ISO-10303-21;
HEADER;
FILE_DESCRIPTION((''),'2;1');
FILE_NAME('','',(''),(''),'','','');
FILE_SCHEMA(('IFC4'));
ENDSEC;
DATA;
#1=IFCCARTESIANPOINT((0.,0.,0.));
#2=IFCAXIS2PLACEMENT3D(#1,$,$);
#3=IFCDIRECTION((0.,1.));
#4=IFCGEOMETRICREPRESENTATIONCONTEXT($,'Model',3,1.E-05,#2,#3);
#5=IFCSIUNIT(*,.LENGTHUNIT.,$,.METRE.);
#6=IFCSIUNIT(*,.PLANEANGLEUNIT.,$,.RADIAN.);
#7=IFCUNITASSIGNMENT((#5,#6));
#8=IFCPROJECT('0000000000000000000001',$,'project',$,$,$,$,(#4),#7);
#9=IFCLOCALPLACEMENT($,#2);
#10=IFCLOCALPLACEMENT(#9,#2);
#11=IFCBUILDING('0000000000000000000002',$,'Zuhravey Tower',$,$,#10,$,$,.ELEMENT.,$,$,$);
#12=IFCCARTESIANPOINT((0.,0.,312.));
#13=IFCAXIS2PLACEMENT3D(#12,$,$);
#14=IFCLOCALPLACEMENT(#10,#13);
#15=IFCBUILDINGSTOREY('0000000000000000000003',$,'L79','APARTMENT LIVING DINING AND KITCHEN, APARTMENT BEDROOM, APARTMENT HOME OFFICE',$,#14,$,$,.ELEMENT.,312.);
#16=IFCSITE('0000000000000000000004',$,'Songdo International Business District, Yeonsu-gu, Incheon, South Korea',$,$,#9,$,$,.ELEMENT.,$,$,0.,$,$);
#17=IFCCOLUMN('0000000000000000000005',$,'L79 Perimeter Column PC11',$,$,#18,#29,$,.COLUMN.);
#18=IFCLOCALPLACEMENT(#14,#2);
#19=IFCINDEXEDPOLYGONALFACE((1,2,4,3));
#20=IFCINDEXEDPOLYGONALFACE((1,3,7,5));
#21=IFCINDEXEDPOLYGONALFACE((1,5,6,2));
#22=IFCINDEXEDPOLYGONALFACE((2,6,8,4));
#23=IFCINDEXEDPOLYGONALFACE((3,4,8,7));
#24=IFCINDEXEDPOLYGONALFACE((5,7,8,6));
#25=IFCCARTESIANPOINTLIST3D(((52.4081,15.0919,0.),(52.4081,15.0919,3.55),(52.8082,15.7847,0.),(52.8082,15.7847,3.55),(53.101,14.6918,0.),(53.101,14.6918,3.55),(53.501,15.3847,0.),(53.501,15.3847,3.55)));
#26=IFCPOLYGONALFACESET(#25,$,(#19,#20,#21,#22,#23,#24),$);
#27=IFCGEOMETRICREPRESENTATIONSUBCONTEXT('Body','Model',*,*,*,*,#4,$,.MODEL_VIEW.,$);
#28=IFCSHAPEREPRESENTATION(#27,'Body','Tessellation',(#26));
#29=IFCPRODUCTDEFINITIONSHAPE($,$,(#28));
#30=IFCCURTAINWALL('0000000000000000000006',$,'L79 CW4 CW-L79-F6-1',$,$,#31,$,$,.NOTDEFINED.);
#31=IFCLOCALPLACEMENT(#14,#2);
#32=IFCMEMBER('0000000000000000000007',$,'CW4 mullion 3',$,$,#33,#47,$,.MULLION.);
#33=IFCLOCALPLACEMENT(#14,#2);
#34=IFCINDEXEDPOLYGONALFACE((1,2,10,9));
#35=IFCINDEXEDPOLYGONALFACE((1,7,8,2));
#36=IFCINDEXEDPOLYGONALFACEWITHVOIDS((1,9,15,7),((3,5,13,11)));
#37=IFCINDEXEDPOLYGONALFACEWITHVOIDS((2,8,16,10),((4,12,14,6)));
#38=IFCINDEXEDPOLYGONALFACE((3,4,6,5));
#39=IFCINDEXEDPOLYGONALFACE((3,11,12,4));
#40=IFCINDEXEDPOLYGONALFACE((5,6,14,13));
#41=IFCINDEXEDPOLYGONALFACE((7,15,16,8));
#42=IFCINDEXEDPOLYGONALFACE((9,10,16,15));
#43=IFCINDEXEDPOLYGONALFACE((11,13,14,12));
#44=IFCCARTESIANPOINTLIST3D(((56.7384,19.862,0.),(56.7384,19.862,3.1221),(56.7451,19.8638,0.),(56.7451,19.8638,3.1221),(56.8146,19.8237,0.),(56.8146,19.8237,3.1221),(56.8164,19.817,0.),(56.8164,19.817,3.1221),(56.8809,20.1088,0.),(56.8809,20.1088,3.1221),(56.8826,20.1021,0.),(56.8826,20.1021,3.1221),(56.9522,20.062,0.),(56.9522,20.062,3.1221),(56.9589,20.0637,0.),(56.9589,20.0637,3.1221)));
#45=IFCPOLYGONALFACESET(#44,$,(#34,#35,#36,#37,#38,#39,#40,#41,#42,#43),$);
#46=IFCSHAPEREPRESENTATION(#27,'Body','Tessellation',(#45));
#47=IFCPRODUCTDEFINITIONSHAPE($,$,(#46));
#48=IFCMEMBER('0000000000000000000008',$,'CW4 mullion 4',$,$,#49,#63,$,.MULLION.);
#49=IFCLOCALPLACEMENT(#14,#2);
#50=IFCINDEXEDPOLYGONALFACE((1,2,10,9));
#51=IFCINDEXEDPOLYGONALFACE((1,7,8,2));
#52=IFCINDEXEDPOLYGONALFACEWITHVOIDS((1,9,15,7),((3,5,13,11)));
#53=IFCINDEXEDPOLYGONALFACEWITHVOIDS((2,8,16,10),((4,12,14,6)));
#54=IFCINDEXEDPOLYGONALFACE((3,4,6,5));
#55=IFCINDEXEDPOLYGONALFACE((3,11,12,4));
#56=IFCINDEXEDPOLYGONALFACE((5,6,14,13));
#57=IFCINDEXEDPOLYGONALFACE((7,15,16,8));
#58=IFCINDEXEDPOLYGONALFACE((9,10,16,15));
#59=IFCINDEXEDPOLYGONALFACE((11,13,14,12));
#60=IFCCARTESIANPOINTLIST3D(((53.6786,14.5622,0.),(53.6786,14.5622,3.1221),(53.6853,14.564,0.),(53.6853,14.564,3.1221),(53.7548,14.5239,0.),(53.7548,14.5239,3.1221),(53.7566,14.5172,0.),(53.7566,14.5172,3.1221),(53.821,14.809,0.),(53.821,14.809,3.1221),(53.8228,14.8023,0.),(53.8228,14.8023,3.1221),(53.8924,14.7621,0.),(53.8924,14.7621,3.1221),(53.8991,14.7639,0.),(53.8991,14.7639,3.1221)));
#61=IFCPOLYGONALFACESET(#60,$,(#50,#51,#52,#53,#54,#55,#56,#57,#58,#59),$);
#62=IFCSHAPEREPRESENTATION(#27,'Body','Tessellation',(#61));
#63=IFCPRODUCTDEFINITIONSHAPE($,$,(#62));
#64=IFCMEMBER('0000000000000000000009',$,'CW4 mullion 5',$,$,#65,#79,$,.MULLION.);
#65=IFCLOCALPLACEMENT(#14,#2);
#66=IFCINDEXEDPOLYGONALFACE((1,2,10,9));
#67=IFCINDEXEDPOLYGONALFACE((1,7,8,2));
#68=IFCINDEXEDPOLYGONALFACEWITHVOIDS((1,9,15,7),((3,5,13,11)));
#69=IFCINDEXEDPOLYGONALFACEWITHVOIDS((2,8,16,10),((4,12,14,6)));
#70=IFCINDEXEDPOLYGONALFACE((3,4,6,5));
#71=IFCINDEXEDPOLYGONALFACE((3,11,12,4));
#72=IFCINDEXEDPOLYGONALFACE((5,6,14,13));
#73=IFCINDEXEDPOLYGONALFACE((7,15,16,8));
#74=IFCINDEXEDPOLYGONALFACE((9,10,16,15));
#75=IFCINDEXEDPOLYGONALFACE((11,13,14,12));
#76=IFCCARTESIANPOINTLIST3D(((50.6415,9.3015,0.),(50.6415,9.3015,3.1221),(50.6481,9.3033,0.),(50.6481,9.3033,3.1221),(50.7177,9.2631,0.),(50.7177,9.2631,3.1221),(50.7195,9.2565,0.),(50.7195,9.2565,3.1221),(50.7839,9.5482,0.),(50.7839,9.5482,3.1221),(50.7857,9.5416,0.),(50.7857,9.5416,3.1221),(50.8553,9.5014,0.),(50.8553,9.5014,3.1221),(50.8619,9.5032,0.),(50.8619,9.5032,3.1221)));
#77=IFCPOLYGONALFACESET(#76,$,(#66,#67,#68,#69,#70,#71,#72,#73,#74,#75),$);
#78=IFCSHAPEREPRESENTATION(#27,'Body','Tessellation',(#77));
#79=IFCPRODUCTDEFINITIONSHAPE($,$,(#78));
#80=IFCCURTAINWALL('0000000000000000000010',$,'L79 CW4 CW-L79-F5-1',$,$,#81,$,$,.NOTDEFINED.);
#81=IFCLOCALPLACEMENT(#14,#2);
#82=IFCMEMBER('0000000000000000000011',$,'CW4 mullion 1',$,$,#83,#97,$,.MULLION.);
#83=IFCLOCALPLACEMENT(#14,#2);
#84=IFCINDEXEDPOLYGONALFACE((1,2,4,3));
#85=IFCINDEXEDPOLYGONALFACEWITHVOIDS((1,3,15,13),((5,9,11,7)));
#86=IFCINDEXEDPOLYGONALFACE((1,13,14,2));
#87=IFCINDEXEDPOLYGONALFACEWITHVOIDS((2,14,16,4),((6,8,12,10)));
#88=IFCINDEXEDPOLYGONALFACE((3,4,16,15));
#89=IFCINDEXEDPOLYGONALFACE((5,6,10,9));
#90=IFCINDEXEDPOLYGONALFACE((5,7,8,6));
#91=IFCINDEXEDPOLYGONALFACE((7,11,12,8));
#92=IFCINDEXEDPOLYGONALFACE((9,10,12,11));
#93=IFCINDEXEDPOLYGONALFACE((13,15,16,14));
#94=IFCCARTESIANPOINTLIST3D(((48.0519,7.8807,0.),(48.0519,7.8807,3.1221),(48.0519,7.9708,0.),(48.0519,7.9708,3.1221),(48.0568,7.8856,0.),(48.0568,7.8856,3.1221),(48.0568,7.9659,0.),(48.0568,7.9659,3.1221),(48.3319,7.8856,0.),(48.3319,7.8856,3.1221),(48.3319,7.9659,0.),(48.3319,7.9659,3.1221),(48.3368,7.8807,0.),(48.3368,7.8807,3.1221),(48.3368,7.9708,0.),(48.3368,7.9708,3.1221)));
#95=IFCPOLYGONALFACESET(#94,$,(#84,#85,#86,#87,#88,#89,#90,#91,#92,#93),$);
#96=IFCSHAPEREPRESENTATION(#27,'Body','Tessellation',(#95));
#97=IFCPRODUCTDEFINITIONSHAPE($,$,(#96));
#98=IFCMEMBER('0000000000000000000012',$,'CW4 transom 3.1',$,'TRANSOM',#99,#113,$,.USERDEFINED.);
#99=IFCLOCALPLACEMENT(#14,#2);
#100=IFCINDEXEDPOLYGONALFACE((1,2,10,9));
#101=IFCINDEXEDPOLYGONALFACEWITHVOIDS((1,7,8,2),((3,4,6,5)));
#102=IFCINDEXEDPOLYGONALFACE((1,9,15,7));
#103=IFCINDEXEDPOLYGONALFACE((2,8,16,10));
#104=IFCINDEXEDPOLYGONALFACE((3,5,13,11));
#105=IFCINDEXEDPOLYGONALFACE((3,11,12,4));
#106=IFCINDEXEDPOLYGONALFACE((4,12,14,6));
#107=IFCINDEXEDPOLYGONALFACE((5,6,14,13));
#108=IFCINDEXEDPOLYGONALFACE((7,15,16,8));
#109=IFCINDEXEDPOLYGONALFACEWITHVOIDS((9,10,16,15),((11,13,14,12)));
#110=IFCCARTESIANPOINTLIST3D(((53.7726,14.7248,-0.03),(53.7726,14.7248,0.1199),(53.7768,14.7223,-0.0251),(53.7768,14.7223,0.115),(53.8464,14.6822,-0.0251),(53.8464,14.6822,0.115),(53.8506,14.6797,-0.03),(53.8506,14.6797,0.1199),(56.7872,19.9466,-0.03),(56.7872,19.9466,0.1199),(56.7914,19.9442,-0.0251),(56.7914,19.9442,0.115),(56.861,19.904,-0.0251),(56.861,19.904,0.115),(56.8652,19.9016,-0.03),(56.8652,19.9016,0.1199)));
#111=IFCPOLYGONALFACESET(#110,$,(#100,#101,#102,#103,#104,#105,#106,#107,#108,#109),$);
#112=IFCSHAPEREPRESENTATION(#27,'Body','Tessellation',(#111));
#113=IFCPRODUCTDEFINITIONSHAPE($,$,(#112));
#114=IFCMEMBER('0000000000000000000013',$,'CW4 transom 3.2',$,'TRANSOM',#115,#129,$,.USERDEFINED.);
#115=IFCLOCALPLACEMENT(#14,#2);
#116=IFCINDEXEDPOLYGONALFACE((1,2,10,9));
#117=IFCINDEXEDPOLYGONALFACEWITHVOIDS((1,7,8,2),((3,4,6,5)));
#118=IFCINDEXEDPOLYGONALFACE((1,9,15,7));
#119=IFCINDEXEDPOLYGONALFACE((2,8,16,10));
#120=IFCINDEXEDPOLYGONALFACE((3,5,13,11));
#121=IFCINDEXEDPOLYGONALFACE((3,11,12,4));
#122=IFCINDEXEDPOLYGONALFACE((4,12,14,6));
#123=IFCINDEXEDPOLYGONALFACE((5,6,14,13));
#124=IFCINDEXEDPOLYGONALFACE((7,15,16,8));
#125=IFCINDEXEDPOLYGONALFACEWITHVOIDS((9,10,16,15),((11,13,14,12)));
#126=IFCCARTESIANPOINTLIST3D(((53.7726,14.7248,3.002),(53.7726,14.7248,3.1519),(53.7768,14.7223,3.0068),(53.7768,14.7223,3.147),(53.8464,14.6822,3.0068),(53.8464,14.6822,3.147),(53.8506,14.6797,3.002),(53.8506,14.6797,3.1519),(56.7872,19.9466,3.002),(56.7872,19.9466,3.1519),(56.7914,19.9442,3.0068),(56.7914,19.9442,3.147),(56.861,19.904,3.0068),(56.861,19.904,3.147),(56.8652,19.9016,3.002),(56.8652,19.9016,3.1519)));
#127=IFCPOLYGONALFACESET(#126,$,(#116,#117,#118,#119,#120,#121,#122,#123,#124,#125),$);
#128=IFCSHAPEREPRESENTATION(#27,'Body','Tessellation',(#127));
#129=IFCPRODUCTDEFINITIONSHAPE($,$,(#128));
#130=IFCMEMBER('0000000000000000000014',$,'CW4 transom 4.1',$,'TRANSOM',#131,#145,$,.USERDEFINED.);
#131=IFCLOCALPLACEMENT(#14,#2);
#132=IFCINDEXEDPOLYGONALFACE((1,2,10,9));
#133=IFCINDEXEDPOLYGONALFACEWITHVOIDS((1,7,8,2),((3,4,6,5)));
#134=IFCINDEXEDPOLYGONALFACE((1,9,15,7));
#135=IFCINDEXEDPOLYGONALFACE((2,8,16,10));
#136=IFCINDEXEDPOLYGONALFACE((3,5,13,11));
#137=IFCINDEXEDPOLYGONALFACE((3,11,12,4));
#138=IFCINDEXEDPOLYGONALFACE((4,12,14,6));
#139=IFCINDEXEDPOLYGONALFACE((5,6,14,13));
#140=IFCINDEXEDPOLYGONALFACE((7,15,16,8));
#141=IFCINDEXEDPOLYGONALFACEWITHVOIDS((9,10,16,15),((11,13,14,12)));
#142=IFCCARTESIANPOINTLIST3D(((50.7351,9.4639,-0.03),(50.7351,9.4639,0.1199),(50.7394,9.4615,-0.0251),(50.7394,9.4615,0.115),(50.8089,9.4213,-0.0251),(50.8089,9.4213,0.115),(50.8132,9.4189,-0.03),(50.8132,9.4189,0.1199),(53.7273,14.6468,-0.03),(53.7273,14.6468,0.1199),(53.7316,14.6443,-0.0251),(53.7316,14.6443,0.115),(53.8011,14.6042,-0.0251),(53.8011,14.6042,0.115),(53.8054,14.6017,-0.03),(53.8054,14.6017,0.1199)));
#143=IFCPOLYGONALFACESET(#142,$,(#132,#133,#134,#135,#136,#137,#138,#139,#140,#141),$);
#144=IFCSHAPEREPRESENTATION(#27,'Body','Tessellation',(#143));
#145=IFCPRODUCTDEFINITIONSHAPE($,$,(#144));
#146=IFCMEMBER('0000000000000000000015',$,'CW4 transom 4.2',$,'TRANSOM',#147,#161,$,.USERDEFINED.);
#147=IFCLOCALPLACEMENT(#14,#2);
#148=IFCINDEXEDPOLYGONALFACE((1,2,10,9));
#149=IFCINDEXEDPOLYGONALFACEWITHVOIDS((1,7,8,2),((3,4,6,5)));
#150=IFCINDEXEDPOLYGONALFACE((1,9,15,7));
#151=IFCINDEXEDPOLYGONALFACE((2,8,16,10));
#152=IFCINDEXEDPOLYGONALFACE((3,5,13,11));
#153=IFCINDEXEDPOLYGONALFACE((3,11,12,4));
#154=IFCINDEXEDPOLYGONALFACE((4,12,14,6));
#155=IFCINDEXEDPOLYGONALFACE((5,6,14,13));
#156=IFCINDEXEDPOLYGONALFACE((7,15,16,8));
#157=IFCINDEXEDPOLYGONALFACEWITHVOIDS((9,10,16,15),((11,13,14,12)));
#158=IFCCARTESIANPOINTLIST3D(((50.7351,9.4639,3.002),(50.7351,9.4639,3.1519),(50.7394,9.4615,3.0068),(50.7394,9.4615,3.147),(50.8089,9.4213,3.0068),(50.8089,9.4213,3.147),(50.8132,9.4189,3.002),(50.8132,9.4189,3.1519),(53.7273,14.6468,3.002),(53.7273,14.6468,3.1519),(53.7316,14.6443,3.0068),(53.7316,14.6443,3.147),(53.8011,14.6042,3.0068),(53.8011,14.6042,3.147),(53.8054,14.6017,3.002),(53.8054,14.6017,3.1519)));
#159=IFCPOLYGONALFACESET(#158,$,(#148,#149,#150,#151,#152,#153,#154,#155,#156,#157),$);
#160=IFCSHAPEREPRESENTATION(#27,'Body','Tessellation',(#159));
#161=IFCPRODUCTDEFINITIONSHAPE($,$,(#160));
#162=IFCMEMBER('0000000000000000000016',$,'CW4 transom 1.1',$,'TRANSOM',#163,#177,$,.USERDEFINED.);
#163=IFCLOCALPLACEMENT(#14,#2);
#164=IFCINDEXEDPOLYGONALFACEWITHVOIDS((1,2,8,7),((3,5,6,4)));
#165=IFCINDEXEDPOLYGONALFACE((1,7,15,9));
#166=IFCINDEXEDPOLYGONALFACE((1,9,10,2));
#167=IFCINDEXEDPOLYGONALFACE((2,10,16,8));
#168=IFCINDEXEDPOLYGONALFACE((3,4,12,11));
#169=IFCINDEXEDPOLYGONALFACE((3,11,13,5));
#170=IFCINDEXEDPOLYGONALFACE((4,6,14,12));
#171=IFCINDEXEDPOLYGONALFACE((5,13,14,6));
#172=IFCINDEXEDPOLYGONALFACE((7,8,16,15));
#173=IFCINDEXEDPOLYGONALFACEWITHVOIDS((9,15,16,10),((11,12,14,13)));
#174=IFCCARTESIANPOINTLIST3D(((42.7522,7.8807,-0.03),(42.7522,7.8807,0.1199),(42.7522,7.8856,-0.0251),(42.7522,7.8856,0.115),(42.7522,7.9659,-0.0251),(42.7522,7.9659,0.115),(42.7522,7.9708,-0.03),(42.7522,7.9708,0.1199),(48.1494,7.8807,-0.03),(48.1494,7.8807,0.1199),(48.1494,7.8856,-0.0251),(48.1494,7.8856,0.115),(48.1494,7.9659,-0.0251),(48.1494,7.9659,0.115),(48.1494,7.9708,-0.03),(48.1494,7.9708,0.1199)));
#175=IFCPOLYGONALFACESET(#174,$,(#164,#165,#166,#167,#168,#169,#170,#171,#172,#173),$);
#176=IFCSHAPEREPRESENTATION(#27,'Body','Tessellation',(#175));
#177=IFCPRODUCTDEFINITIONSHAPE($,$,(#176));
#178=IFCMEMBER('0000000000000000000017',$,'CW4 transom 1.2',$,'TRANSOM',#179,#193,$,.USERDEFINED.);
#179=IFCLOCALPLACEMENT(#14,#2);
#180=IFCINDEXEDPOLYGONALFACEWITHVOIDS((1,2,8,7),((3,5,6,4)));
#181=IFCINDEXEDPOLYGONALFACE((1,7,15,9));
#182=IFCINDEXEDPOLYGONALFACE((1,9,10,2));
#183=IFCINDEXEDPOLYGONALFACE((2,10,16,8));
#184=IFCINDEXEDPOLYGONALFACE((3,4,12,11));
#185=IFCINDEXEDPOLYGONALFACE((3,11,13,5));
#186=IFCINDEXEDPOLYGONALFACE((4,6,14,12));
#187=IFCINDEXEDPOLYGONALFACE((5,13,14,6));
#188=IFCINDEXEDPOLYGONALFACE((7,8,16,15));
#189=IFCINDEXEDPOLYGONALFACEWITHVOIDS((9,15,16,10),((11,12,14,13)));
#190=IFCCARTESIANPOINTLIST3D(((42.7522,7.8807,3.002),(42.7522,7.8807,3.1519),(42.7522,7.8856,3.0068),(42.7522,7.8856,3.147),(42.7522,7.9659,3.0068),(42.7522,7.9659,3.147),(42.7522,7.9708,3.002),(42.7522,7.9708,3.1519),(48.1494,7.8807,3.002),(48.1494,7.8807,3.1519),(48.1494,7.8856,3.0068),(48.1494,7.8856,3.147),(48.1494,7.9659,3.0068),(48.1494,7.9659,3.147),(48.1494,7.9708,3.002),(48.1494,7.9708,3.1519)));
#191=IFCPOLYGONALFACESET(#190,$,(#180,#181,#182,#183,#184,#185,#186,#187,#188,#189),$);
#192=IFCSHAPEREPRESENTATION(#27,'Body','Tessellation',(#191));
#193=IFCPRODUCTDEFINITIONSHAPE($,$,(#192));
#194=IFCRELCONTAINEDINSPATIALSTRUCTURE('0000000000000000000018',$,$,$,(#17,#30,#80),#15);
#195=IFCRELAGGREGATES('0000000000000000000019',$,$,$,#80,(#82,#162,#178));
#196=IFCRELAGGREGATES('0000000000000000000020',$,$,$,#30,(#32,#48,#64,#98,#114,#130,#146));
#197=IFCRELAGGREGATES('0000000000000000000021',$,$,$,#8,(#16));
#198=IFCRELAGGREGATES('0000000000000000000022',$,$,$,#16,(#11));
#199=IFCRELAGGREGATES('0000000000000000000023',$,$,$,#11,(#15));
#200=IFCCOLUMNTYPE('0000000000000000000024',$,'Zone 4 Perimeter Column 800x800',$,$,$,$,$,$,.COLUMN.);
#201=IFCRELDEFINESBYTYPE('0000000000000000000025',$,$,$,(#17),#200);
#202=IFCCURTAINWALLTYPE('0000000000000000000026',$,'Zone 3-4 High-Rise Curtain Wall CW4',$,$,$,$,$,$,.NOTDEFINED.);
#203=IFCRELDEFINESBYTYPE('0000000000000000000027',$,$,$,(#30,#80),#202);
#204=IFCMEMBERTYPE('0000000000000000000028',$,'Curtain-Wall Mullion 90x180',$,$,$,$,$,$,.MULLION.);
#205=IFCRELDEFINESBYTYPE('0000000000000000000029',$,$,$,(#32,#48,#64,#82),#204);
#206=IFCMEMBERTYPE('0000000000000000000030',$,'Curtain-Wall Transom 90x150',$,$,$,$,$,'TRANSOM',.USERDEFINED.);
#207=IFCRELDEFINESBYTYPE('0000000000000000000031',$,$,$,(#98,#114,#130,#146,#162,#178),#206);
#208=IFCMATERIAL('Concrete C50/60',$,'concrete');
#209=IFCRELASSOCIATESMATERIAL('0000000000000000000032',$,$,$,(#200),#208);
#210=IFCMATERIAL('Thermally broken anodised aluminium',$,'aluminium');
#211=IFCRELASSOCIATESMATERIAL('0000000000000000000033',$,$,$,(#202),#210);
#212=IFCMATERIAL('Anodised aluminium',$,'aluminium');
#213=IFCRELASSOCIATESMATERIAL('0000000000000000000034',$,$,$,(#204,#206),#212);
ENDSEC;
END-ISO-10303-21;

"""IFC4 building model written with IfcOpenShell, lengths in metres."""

from ifc_helpers import new_model, si_unit, direction, frame, origin, origin_2d, place, context, subcontext, project, spatial, rectangle, hollow_rectangle, extrude, material, material_profile, profile_set, type_object, element, aggregate, save


model = new_model("IFC4")

# Units and contexts
model_context = context("Model", 3, precision=1e-05, world=origin(), true_north=direction((0.0, 1.0)))
body_context = subcontext(model_context, "Body", "Model", "MODEL_VIEW")
ifc_project = project(units=[si_unit("LENGTHUNIT", "METRE"), si_unit("PLANEANGLEUNIT", "RADIAN")], contexts=[model_context])

# Site, building, storey
site_placement = place(None, origin())
site = spatial("IfcSite", under=ifc_project, at=site_placement, Name="Songdo International Business District, Yeonsu-gu, Incheon, South Korea", CompositionType="ELEMENT", RefElevation=0.0)
building_placement = place(site_placement, origin())
building = spatial("IfcBuilding", under=site, at=building_placement, Name="Zuhravey Tower", CompositionType="ELEMENT")
storey_placement = place(building_placement, frame((0.0, 0.0, 312.0)))
storey = spatial("IfcBuildingStorey", under=building, at=storey_placement, Name="L79", Description="APARTMENT LIVING DINING AND KITCHEN, APARTMENT BEDROOM, APARTMENT HOME OFFICE", CompositionType="ELEMENT", Elevation=312.0)

# Column
ifc_material_1 = material(Name="Concrete C50/60", Category="concrete")
ifc_material_profile_1 = material_profile(ifc_material_1, rectangle(XDim=0.8, YDim=0.8, at=origin_2d()), Name="RC-800x800")
ifc_profile_set_1 = profile_set([ifc_material_profile_1], Name="Concrete C50/60")
column_type = type_object("IfcColumnType", Name="Zone 4 Perimeter Column 800x800", PredefinedType="COLUMN", material=ifc_profile_set_1)
column_placement = place(storey_placement, frame((52.9546, 15.2383, 0.0), z_axis=(0.0, 0.0, 1.0), x_axis=(0.5, 0.866025, 0.0)))
element("IfcColumn", 1, at=column_placement, inside=storey, type_object=column_type, Name="L79 Perimeter Column PC11", PredefinedType="COLUMN", context=body_context, shape_type="SweptSolid", body=[
    extrude(rectangle(XDim=0.8, YDim=0.8, at=origin_2d()), origin(), (0.0, 0.0, 1.0), 3.55),
])

# Curtain wall, members
ifc_material_2 = material(Name="Thermally broken anodised aluminium", Category="aluminium")
curtain_wall_type = type_object("IfcCurtainWallType", Name="Zone 3-4 High-Rise Curtain Wall CW4", PredefinedType="NOTDEFINED", material=ifc_material_2)
curtain_wall_1_placement = place(storey_placement, origin())
curtain_wall_1 = element("IfcCurtainWall", 2, at=curtain_wall_1_placement, inside=storey, type_object=curtain_wall_type, Name="L79 CW4 CW-L79-F6-1", PredefinedType="NOTDEFINED")
ifc_material_3 = material(Name="Anodised aluminium", Category="aluminium")
ifc_material_profile_2 = material_profile(ifc_material_3, hollow_rectangle(XDim=0.0901, YDim=0.2849, WallThickness=0.0049, at=origin_2d()), Name="ALU-RHS-90x285x5")
ifc_profile_set_2 = profile_set([ifc_material_profile_2], Name="Anodised aluminium")
member_type_1 = type_object("IfcMemberType", Name="Curtain-Wall Mullion 90x180", PredefinedType="MULLION", material=ifc_profile_set_2)
member_1_placement = place(storey_placement, frame((56.8486, 19.9629, 0.0), z_axis=(0.0, 0.0, 1.0), x_axis=(0.866026, -0.5, 0.0)))
member_1 = element("IfcMember", 3, at=member_1_placement, type_object=member_type_1, Name="CW4 mullion 3", PredefinedType="MULLION", context=body_context, shape_type="SweptSolid", body=[
    extrude(hollow_rectangle(XDim=0.0901, YDim=0.2849, WallThickness=0.0049, at=origin_2d()), origin(), (0.0, 0.0, 1.0), 3.1221),
])
member_2_placement = place(storey_placement, frame((53.7888, 14.6631, 0.0), z_axis=(0.0, 0.0, 1.0), x_axis=(0.866026, -0.5, 0.0)))
member_2 = element("IfcMember", 4, at=member_2_placement, type_object=member_type_1, Name="CW4 mullion 4", PredefinedType="MULLION", context=body_context, shape_type="SweptSolid", body=[
    extrude(hollow_rectangle(XDim=0.0901, YDim=0.2849, WallThickness=0.0049, at=origin_2d()), origin(), (0.0, 0.0, 1.0), 3.1221),
])
member_3_placement = place(storey_placement, frame((50.7517, 9.4023, 0.0), z_axis=(0.0, 0.0, 1.0), x_axis=(0.866026, -0.5, 0.0)))
member_3 = element("IfcMember", 5, at=member_3_placement, type_object=member_type_1, Name="CW4 mullion 5", PredefinedType="MULLION", context=body_context, shape_type="SweptSolid", body=[
    extrude(hollow_rectangle(XDim=0.0901, YDim=0.2849, WallThickness=0.0049, at=origin_2d()), origin(), (0.0, 0.0, 1.0), 3.1221),
])

# Curtain wall, member
curtain_wall_2_placement = place(storey_placement, origin())
curtain_wall_2 = element("IfcCurtainWall", 6, at=curtain_wall_2_placement, inside=storey, type_object=curtain_wall_type, Name="L79 CW4 CW-L79-F5-1", PredefinedType="NOTDEFINED")
member_4_placement = place(storey_placement, frame((48.1943, 7.9258, 0.0), z_axis=(0.0, 0.0, 1.0), x_axis=(0.0, -1.0, 0.0)))
member_4 = element("IfcMember", 7, at=member_4_placement, type_object=member_type_1, Name="CW4 mullion 1", PredefinedType="MULLION", context=body_context, shape_type="SweptSolid", body=[
    extrude(hollow_rectangle(XDim=0.0901, YDim=0.2849, WallThickness=0.0049, at=origin_2d()), origin(), (0.0, 0.0, 1.0), 3.1221),
])

# Members
ifc_material_profile_3 = material_profile(ifc_material_3, hollow_rectangle(XDim=0.0901, YDim=0.1499, WallThickness=0.0049, at=origin_2d()), Name="ALU-RHS-90x150x5")
ifc_profile_set_3 = profile_set([ifc_material_profile_3], Name="Anodised aluminium")
member_type_2 = type_object("IfcMemberType", Name="Curtain-Wall Transom 90x150", ElementType="TRANSOM", PredefinedType="USERDEFINED", material=ifc_profile_set_3)
member_5_placement = place(storey_placement, frame((56.8262, 19.9241, 0.0449), z_axis=(-0.499971, -0.866042, 0.0), x_axis=(0.866042, -0.499971, 0.0)))
member_5 = element("IfcMember", 8, at=member_5_placement, type_object=member_type_2, Name="CW4 transom 3.1", ObjectType="TRANSOM", PredefinedType="USERDEFINED", context=body_context, shape_type="SweptSolid", body=[
    extrude(hollow_rectangle(XDim=0.0901, YDim=0.1499, WallThickness=0.0049, at=origin_2d()), origin(), (0.0, 0.0, 1.0), 6.0295),
])
member_6_placement = place(storey_placement, frame((56.8262, 19.9241, 3.0769), z_axis=(-0.499971, -0.866042, 0.0), x_axis=(0.866042, -0.499971, 0.0)))
member_6 = element("IfcMember", 9, at=member_6_placement, type_object=member_type_2, Name="CW4 transom 3.2", ObjectType="TRANSOM", PredefinedType="USERDEFINED", context=body_context, shape_type="SweptSolid", body=[
    extrude(hollow_rectangle(XDim=0.0901, YDim=0.1499, WallThickness=0.0049, at=origin_2d()), origin(), (0.0, 0.0, 1.0), 6.0295),
])
member_7_placement = place(storey_placement, frame((53.7664, 14.6243, 0.0449), z_axis=(-0.499983, -0.866035, 0.0), x_axis=(0.866035, -0.499983, 0.0)))
member_7 = element("IfcMember", 10, at=member_7_placement, type_object=member_type_2, Name="CW4 transom 4.1", ObjectType="TRANSOM", PredefinedType="USERDEFINED", context=body_context, shape_type="SweptSolid", body=[
    extrude(hollow_rectangle(XDim=0.0901, YDim=0.1499, WallThickness=0.0049, at=origin_2d()), origin(), (0.0, 0.0, 1.0), 5.9846),
])
member_8_placement = place(storey_placement, frame((53.7664, 14.6243, 3.0769), z_axis=(-0.499983, -0.866035, 0.0), x_axis=(0.866035, -0.499983, 0.0)))
member_8 = element("IfcMember", 11, at=member_8_placement, type_object=member_type_2, Name="CW4 transom 4.2", ObjectType="TRANSOM", PredefinedType="USERDEFINED", context=body_context, shape_type="SweptSolid", body=[
    extrude(hollow_rectangle(XDim=0.0901, YDim=0.1499, WallThickness=0.0049, at=origin_2d()), origin(), (0.0, 0.0, 1.0), 5.9846),
])
member_9_placement = place(storey_placement, frame((48.1494, 7.9258, 0.0449), z_axis=(-1.0, 0.0, 0.0), x_axis=(0.0, -1.0, 0.0)))
member_9 = element("IfcMember", 12, at=member_9_placement, type_object=member_type_2, Name="CW4 transom 1.1", ObjectType="TRANSOM", PredefinedType="USERDEFINED", context=body_context, shape_type="SweptSolid", body=[
    extrude(hollow_rectangle(XDim=0.0901, YDim=0.1499, WallThickness=0.0049, at=origin_2d()), origin(), (0.0, 0.0, 1.0), 5.3972),
])
member_10_placement = place(storey_placement, frame((48.1494, 7.9258, 3.0769), z_axis=(-1.0, 0.0, 0.0), x_axis=(0.0, -1.0, 0.0)))
member_10 = element("IfcMember", 13, at=member_10_placement, type_object=member_type_2, Name="CW4 transom 1.2", ObjectType="TRANSOM", PredefinedType="USERDEFINED", context=body_context, shape_type="SweptSolid", body=[
    extrude(hollow_rectangle(XDim=0.0901, YDim=0.1499, WallThickness=0.0049, at=origin_2d()), origin(), (0.0, 0.0, 1.0), 5.3972),
])
aggregate(curtain_wall_2, [member_4, member_9, member_10])

aggregate(curtain_wall_1, [member_1, member_2, member_3, member_5, member_6, member_7, member_8])

save(model, "model.ifc")
